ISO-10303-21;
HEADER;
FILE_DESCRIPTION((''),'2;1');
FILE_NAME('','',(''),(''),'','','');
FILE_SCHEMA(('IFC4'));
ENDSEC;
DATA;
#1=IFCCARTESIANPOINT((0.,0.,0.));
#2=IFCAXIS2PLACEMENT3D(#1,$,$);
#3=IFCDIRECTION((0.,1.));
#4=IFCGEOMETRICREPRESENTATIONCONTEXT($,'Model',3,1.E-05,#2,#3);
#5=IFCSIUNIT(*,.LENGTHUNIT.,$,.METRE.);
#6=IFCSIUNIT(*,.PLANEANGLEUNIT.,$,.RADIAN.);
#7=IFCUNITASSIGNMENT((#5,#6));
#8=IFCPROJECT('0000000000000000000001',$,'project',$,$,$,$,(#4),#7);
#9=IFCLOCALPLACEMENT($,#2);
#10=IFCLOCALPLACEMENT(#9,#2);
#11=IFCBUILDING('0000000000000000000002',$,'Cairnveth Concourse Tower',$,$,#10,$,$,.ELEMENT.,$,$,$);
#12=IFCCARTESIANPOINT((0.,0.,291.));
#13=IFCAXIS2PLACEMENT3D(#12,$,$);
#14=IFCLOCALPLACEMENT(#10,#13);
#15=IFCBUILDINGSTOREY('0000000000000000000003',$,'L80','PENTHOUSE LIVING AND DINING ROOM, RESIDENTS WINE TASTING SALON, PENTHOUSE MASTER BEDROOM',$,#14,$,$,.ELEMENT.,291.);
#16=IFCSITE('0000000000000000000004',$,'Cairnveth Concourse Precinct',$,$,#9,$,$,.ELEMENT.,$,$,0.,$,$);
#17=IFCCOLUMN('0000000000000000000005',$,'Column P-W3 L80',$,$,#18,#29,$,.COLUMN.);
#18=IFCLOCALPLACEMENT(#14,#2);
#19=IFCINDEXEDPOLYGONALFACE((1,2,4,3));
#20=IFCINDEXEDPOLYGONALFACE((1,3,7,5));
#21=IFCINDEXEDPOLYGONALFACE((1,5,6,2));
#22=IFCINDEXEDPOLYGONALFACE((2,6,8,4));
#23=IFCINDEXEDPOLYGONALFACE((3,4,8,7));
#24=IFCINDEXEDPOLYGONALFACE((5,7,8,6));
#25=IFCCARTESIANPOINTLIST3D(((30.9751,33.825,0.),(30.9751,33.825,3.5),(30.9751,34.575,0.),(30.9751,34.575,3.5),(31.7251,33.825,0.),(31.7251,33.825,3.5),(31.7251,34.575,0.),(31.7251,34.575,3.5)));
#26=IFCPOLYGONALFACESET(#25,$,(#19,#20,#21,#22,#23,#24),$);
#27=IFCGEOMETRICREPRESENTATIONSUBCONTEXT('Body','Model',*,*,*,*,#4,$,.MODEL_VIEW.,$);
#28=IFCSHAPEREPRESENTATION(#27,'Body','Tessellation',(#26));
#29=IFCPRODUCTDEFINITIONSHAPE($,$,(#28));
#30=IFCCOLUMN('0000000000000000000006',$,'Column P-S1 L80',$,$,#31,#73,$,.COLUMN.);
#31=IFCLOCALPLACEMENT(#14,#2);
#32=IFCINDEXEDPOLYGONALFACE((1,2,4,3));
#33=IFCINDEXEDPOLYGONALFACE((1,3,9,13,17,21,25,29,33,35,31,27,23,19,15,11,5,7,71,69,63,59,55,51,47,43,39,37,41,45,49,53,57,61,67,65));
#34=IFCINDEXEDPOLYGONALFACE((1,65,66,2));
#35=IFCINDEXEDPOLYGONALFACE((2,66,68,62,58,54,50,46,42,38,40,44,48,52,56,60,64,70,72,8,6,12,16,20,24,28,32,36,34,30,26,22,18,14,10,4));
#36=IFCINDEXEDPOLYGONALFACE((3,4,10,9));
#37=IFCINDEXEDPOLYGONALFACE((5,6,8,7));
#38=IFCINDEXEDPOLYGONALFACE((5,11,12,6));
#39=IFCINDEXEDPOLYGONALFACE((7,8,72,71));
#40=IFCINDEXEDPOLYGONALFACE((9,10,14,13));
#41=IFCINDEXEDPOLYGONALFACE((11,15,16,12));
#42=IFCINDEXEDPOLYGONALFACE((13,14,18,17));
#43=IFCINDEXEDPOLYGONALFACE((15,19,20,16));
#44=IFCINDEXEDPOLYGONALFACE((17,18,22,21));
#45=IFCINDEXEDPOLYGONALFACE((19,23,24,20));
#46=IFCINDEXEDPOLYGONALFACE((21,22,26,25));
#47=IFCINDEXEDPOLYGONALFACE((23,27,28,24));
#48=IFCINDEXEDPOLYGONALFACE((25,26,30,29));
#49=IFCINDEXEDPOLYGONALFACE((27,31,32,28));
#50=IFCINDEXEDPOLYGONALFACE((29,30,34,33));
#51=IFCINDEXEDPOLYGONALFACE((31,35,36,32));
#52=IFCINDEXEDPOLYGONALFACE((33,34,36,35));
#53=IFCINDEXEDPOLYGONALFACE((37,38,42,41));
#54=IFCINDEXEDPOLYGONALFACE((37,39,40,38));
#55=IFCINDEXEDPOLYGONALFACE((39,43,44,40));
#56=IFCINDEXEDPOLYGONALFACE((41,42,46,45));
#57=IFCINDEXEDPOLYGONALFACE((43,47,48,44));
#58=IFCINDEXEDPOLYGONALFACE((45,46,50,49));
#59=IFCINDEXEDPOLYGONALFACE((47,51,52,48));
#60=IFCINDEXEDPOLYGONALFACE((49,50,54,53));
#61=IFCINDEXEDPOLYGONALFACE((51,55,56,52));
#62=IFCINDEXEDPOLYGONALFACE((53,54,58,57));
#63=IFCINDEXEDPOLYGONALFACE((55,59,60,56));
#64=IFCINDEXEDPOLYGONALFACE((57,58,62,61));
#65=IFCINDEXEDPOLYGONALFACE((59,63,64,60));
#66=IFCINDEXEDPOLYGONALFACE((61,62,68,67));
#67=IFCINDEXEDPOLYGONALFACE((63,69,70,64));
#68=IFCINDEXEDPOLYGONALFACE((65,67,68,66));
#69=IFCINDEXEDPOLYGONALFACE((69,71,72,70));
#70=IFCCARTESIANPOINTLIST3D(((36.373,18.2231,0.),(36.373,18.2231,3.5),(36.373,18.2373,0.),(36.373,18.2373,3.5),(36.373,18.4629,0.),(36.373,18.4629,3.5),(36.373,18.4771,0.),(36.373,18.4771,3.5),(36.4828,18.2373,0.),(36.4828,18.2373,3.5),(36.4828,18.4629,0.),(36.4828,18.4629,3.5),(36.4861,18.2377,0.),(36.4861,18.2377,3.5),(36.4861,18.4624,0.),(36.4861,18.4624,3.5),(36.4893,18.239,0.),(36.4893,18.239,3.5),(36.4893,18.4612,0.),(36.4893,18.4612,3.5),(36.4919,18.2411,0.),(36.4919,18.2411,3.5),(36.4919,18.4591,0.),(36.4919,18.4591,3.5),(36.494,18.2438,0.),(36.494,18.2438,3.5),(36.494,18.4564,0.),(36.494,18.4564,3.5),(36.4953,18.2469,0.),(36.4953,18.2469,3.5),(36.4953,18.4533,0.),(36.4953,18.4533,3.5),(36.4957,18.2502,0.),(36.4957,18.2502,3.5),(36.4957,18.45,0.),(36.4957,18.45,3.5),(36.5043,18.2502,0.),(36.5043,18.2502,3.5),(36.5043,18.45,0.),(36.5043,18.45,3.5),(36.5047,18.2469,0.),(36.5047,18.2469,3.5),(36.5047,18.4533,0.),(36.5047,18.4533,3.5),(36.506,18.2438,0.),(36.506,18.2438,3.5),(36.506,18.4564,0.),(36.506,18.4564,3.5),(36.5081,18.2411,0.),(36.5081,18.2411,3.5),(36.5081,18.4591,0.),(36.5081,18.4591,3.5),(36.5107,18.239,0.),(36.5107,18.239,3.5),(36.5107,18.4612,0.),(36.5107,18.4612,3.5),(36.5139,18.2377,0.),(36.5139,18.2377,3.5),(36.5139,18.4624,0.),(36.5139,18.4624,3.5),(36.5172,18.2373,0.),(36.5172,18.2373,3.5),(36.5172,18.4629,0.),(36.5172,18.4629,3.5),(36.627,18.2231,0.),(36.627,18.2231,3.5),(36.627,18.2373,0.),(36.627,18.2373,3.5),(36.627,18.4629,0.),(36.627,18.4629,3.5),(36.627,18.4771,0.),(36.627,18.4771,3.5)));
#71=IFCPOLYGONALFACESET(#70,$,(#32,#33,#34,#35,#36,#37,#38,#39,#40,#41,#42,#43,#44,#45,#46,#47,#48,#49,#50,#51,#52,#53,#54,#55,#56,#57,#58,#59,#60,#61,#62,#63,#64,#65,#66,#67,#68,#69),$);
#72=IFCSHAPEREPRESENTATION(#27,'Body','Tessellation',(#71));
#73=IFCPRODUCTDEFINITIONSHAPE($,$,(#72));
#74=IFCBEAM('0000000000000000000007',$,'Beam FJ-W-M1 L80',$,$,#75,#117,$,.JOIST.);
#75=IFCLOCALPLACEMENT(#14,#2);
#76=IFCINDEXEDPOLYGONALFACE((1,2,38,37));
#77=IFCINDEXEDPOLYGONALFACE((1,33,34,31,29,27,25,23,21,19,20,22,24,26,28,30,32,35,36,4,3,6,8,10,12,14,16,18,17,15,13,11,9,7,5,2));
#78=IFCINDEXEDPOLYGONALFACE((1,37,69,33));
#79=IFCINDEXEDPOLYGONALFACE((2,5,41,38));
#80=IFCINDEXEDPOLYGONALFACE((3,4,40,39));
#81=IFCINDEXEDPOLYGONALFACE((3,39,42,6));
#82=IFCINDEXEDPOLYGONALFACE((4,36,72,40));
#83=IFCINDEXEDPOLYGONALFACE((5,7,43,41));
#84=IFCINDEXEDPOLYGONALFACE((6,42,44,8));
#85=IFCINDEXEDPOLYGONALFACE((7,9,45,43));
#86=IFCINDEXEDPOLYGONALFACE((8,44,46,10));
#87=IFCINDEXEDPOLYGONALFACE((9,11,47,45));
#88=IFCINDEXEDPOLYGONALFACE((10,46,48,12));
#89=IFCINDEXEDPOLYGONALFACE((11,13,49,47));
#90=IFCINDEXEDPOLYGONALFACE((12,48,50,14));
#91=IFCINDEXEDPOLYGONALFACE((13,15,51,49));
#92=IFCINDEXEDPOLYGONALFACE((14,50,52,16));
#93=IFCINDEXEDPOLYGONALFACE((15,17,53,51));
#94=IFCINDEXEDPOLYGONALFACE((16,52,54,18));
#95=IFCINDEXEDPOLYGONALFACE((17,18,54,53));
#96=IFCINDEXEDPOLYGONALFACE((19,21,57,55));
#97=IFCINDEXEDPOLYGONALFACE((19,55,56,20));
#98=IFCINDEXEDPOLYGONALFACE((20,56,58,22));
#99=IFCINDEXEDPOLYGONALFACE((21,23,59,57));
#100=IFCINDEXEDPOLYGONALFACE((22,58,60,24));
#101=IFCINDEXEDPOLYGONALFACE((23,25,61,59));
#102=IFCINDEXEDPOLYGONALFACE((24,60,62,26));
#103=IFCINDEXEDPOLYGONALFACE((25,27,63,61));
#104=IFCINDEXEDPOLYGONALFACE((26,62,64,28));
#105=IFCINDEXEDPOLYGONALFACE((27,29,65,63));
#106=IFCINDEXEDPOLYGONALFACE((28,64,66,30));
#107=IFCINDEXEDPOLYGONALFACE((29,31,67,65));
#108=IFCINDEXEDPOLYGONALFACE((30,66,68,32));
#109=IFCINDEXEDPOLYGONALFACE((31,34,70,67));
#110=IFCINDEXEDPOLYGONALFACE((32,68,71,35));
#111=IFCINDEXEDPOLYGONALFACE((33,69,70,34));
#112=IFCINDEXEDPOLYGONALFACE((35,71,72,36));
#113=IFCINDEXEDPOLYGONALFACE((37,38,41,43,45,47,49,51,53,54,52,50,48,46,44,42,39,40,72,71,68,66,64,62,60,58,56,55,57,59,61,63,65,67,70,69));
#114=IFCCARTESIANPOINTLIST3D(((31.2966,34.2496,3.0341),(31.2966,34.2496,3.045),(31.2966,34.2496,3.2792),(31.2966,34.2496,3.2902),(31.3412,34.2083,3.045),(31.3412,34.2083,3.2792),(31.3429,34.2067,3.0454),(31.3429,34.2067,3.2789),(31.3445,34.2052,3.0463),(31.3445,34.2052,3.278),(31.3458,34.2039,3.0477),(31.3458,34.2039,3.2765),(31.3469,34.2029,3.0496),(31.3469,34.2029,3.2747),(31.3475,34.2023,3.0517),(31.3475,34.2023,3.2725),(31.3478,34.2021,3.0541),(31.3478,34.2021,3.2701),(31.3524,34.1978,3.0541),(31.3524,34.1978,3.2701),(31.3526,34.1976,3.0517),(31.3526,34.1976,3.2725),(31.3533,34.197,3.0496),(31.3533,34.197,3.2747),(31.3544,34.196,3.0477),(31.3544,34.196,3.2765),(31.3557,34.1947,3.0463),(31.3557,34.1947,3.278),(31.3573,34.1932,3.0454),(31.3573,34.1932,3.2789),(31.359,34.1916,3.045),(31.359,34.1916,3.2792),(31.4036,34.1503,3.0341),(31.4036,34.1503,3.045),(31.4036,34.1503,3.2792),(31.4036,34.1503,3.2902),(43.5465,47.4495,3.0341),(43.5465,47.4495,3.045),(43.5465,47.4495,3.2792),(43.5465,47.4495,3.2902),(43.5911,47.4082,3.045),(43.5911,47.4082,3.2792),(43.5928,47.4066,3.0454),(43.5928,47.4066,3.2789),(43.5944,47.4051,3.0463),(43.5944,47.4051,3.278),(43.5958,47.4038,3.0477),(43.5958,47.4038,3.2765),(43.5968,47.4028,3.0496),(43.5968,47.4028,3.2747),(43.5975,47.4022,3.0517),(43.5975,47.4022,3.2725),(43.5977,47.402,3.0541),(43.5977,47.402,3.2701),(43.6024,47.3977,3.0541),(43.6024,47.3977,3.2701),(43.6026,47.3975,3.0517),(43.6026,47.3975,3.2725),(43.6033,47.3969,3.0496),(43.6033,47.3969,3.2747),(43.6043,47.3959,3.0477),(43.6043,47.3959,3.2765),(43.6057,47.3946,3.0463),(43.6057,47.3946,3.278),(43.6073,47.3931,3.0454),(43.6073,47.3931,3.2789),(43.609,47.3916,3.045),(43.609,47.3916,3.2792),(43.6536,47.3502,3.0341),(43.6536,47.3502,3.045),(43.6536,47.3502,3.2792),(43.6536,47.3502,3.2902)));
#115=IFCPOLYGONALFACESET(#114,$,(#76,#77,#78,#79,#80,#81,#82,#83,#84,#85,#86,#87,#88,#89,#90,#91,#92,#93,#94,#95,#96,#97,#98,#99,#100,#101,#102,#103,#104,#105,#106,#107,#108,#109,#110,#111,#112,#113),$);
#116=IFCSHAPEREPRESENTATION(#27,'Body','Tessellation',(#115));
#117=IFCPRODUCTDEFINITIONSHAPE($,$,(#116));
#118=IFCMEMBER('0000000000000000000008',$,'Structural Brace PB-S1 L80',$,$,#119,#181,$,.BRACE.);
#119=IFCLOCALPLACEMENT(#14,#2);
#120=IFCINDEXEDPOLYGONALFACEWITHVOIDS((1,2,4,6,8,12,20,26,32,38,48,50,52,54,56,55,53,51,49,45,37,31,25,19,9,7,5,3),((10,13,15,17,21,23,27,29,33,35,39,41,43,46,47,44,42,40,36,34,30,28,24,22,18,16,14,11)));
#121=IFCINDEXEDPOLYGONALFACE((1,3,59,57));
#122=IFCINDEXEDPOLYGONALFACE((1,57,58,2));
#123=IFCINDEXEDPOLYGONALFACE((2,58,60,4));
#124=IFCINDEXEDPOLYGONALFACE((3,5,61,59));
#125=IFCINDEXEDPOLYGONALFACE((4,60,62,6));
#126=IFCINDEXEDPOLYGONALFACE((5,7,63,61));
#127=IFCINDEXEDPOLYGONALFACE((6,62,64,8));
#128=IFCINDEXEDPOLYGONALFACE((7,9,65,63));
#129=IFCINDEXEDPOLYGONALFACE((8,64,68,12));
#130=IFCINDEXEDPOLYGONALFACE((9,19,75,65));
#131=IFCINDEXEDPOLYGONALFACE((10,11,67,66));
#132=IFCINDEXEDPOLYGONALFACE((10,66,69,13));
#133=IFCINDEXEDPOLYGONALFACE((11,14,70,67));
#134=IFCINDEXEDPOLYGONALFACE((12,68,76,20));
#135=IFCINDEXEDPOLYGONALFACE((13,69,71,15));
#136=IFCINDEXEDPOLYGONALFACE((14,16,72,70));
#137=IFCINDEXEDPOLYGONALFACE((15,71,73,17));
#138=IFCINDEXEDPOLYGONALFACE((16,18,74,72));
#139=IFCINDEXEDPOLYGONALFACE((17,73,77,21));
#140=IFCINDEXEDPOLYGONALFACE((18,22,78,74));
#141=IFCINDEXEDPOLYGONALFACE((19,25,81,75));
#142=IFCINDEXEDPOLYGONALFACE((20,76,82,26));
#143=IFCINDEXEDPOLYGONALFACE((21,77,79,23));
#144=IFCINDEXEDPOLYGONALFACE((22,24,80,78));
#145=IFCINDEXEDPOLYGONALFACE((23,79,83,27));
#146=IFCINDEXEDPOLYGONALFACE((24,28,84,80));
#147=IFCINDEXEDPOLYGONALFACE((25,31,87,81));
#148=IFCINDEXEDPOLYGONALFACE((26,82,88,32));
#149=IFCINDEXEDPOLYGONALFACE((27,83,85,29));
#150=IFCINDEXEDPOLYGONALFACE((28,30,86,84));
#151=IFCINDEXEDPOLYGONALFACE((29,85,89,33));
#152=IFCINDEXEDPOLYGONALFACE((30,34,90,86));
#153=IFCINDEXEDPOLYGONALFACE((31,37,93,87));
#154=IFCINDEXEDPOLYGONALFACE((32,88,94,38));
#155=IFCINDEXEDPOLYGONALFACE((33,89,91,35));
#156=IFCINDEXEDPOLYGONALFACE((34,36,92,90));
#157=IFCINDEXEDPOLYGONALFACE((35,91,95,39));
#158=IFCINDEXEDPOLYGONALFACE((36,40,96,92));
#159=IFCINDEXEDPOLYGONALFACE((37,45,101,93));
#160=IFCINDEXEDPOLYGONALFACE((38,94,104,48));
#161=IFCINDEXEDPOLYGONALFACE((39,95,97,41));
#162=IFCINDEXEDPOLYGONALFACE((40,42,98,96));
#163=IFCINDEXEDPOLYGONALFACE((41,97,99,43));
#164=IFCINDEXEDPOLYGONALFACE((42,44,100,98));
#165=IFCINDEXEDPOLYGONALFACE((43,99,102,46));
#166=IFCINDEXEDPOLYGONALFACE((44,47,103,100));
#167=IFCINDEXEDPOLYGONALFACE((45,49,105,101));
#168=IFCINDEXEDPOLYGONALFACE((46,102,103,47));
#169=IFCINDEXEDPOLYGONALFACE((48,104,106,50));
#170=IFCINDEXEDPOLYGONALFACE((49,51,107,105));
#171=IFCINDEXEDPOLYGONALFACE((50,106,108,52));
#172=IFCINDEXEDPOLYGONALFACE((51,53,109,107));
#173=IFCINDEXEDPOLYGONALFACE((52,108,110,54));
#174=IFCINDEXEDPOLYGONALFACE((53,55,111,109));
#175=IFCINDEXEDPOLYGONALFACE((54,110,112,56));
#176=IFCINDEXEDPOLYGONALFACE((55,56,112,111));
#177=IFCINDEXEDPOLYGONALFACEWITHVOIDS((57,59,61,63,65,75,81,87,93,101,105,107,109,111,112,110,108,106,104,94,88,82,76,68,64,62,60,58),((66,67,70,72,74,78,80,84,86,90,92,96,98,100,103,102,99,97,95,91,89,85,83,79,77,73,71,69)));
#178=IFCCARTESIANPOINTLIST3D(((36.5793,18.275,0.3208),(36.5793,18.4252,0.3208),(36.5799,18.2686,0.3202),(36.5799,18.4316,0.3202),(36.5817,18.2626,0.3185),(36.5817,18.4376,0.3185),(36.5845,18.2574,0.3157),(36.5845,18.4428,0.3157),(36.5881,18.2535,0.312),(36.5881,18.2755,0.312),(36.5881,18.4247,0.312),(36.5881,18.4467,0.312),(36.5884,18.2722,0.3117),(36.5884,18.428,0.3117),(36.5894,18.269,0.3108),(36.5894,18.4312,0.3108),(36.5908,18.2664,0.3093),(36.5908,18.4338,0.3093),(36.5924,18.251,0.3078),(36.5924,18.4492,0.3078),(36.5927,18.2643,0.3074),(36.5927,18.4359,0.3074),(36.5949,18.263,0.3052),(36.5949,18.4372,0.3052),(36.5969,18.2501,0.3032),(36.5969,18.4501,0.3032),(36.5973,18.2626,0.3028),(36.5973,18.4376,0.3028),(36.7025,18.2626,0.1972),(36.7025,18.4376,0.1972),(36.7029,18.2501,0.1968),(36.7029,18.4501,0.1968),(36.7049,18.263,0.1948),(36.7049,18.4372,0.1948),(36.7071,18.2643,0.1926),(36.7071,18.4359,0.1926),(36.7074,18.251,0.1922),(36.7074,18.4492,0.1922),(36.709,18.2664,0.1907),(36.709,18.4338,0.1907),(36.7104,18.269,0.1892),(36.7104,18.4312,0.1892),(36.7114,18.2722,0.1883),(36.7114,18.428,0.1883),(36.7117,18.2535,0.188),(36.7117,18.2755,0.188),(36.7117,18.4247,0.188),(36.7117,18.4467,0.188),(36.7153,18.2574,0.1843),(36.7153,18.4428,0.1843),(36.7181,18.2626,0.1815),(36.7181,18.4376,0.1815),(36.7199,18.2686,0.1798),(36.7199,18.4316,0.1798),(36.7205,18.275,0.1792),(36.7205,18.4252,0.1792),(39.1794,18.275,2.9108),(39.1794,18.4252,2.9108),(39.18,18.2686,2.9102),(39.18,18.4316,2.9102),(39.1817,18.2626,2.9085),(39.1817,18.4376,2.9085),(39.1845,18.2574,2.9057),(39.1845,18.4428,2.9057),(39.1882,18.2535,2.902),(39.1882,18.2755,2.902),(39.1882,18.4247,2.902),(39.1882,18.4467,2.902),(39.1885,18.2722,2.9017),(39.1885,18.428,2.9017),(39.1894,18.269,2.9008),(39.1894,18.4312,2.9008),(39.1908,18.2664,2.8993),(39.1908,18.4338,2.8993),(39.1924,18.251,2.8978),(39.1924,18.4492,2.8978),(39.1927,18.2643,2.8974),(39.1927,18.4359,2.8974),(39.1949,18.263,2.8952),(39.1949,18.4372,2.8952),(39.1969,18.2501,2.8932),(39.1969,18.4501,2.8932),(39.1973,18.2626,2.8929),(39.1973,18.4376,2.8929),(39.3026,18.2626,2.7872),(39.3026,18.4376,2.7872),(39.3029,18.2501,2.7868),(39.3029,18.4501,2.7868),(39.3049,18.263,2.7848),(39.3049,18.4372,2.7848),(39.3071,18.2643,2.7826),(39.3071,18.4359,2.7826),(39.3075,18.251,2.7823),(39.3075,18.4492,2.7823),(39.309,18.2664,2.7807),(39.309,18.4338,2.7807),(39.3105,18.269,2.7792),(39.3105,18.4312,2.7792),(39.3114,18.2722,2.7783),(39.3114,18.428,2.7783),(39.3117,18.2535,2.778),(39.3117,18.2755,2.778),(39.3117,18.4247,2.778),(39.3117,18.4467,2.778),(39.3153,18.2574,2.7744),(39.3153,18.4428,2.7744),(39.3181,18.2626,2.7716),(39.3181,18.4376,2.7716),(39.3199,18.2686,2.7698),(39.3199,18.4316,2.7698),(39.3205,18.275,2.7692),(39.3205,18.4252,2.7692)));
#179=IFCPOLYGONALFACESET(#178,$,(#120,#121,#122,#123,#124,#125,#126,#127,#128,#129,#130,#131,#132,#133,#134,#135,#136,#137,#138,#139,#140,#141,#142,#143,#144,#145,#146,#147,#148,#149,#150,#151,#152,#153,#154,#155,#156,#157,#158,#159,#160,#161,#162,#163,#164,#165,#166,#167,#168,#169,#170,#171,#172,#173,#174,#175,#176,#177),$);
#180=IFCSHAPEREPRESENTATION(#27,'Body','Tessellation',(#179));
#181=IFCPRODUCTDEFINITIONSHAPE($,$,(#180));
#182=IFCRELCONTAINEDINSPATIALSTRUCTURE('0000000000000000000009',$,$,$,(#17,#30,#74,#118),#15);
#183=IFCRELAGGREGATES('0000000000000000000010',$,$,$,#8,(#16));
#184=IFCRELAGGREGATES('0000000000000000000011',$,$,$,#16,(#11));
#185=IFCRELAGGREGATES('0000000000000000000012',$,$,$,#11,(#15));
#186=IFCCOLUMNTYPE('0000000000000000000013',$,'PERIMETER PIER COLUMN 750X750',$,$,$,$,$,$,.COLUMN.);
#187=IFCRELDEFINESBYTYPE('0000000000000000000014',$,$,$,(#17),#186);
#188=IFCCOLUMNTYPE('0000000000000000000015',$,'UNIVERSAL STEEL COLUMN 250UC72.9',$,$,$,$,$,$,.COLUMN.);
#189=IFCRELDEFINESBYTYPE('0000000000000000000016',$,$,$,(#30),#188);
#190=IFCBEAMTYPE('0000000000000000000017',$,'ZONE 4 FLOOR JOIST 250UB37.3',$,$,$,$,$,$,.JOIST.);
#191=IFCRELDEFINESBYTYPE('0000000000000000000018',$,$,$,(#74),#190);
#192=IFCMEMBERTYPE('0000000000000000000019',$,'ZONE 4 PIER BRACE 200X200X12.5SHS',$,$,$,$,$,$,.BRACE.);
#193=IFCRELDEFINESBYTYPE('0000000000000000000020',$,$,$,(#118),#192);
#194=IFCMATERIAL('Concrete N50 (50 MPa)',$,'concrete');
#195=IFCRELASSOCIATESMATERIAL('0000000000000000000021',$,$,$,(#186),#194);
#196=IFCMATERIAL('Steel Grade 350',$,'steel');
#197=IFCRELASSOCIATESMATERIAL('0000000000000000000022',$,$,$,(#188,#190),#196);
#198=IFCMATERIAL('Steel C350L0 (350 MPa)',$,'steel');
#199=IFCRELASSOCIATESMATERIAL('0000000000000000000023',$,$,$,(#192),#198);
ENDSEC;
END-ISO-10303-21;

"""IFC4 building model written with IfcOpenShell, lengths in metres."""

from ifc_helpers import new_model, si_unit, direction, frame, origin, origin_2d, place, context, subcontext, project, spatial, rectangle, hollow_rectangle, i_section, extrude, material, material_profile, profile_set, type_object, element, save


model = new_model("IFC4")

# Units and contexts
model_context = context("Model", 3, precision=1e-05, world=origin(), true_north=direction((0.0, 1.0)))
body_context = subcontext(model_context, "Body", "Model", "MODEL_VIEW")
ifc_project = project(units=[si_unit("LENGTHUNIT", "METRE"), si_unit("PLANEANGLEUNIT", "RADIAN")], contexts=[model_context])

# Site, building, storey
site_placement = place(None, origin())
site = spatial("IfcSite", under=ifc_project, at=site_placement, Name="Cairnveth Concourse Precinct", CompositionType="ELEMENT", RefElevation=0.0)
building_placement = place(site_placement, origin())
building = spatial("IfcBuilding", under=site, at=building_placement, Name="Cairnveth Concourse Tower", CompositionType="ELEMENT")
storey_placement = place(building_placement, frame((0.0, 0.0, 291.0)))
storey = spatial("IfcBuildingStorey", under=building, at=storey_placement, Name="L80", Description="PENTHOUSE LIVING AND DINING ROOM, RESIDENTS WINE TASTING SALON, PENTHOUSE MASTER BEDROOM", CompositionType="ELEMENT", Elevation=291.0)

# Columns
ifc_material_1 = material(Name="Concrete N50 (50 MPa)", Category="concrete")
ifc_material_profile_1 = material_profile(ifc_material_1, rectangle(XDim=0.75, YDim=0.75, at=origin_2d()), Name="RC-COL-750x750")
ifc_profile_set_1 = profile_set([ifc_material_profile_1], Name="Concrete N50 (50 MPa)")
column_type_1 = type_object("IfcColumnType", Name="PERIMETER PIER COLUMN 750X750", PredefinedType="COLUMN", material=ifc_profile_set_1)
column_1_placement = place(storey_placement, frame((31.3501, 34.2, 0.0), z_axis=(0.0, 0.0, 1.0), x_axis=(0.0, 1.0, 0.0)))
element("IfcColumn", 1, at=column_1_placement, inside=storey, type_object=column_type_1, Name="Column P-W3 L80", PredefinedType="COLUMN", context=body_context, shape_type="SweptSolid", body=[
    extrude(rectangle(XDim=0.75, YDim=0.75, at=origin_2d()), origin(), (0.0, 0.0, 1.0), 3.5),
])
ifc_material_2 = material(Name="Steel Grade 350", Category="steel")
ifc_material_profile_2 = material_profile(ifc_material_2, i_section(OverallWidth=0.2539, OverallDepth=0.2539, WebThickness=0.0085, FlangeThickness=0.0142, FilletRadius=0.0129, at=origin_2d()), Name="250UC72.9")
ifc_profile_set_2 = profile_set([ifc_material_profile_2], Name="Steel Grade 350")
column_type_2 = type_object("IfcColumnType", Name="UNIVERSAL STEEL COLUMN 250UC72.9", PredefinedType="COLUMN", material=ifc_profile_set_2)
column_2_placement = place(storey_placement, frame((36.5, 18.3501, 0.0), z_axis=(0.0, 0.0, 1.0), x_axis=(1.0, 0.0, 0.0)))
element("IfcColumn", 2, at=column_2_placement, inside=storey, type_object=column_type_2, Name="Column P-S1 L80", PredefinedType="COLUMN", context=body_context, shape_type="SweptSolid", body=[
    extrude(i_section(OverallWidth=0.2539, OverallDepth=0.2539, WebThickness=0.0085, FlangeThickness=0.0142, FilletRadius=0.0129, at=origin_2d()), origin(), (0.0, 0.0, 1.0), 3.5),
])

# Beam
ifc_material_profile_3 = material_profile(ifc_material_2, i_section(OverallWidth=0.146, OverallDepth=0.2561, WebThickness=0.0063, FlangeThickness=0.011, FilletRadius=0.009, at=origin_2d()), Name="250UB37.3")
ifc_profile_set_3 = profile_set([ifc_material_profile_3], Name="Steel Grade 350")
beam_type_1 = type_object("IfcBeamType", Name="ZONE 4 FLOOR JOIST 250UB37.3", PredefinedType="JOIST", material=ifc_profile_set_3)
beam_1_placement = place(storey_placement, frame((31.3501, 34.2, 3.1621), z_axis=(0.680239, 0.73299, 0.0), x_axis=(-0.73299, 0.680239, 0.0)))
element("IfcBeam", 3, at=beam_1_placement, inside=storey, type_object=beam_type_1, Name="Beam FJ-W-M1 L80", PredefinedType="JOIST", context=body_context, shape_type="SweptSolid", body=[
    extrude(i_section(OverallWidth=0.146, OverallDepth=0.2561, WebThickness=0.0063, FlangeThickness=0.011, FilletRadius=0.009, at=origin_2d()), origin(), (0.0, 0.0, 1.0), 18.0083),
])

# Member
ifc_material_3 = material(Name="Steel C350L0 (350 MPa)", Category="steel")
ifc_material_profile_4 = material_profile(ifc_material_3, hollow_rectangle(XDim=0.2, YDim=0.2, WallThickness=0.0125, InnerFilletRadius=0.0129, OuterFilletRadius=0.0249, at=origin_2d()), Name="200x200x12.5SHS")
ifc_profile_set_4 = profile_set([ifc_material_profile_4], Name="Steel C350L0 (350 MPa)")
member_type = type_object("IfcMemberType", Name="ZONE 4 PIER BRACE 200X200X12.5SHS", PredefinedType="BRACE", material=ifc_profile_set_4)
for number, where, z_axis, x_axis, name in (
    (4, (36.6499, 18.3501, 0.25), (0.708469, 0.0, 0.705742), (0.0, 1.0, 0.0), "Structural Brace PB-S1 L80"),
):
    element("IfcMember", number, at=place(storey_placement, frame(where, z_axis=z_axis, x_axis=x_axis)), inside=storey, type_object=member_type, Name=name, PredefinedType="BRACE", context=body_context, shape_type="SweptSolid", body=[
        extrude(hollow_rectangle(XDim=0.2, YDim=0.2, WallThickness=0.0125, InnerFilletRadius=0.0129, OuterFilletRadius=0.0249, at=origin_2d()), origin(), (0.0, 0.0, 1.0), 3.6699),
    ])

save(model, "model.ifc")
